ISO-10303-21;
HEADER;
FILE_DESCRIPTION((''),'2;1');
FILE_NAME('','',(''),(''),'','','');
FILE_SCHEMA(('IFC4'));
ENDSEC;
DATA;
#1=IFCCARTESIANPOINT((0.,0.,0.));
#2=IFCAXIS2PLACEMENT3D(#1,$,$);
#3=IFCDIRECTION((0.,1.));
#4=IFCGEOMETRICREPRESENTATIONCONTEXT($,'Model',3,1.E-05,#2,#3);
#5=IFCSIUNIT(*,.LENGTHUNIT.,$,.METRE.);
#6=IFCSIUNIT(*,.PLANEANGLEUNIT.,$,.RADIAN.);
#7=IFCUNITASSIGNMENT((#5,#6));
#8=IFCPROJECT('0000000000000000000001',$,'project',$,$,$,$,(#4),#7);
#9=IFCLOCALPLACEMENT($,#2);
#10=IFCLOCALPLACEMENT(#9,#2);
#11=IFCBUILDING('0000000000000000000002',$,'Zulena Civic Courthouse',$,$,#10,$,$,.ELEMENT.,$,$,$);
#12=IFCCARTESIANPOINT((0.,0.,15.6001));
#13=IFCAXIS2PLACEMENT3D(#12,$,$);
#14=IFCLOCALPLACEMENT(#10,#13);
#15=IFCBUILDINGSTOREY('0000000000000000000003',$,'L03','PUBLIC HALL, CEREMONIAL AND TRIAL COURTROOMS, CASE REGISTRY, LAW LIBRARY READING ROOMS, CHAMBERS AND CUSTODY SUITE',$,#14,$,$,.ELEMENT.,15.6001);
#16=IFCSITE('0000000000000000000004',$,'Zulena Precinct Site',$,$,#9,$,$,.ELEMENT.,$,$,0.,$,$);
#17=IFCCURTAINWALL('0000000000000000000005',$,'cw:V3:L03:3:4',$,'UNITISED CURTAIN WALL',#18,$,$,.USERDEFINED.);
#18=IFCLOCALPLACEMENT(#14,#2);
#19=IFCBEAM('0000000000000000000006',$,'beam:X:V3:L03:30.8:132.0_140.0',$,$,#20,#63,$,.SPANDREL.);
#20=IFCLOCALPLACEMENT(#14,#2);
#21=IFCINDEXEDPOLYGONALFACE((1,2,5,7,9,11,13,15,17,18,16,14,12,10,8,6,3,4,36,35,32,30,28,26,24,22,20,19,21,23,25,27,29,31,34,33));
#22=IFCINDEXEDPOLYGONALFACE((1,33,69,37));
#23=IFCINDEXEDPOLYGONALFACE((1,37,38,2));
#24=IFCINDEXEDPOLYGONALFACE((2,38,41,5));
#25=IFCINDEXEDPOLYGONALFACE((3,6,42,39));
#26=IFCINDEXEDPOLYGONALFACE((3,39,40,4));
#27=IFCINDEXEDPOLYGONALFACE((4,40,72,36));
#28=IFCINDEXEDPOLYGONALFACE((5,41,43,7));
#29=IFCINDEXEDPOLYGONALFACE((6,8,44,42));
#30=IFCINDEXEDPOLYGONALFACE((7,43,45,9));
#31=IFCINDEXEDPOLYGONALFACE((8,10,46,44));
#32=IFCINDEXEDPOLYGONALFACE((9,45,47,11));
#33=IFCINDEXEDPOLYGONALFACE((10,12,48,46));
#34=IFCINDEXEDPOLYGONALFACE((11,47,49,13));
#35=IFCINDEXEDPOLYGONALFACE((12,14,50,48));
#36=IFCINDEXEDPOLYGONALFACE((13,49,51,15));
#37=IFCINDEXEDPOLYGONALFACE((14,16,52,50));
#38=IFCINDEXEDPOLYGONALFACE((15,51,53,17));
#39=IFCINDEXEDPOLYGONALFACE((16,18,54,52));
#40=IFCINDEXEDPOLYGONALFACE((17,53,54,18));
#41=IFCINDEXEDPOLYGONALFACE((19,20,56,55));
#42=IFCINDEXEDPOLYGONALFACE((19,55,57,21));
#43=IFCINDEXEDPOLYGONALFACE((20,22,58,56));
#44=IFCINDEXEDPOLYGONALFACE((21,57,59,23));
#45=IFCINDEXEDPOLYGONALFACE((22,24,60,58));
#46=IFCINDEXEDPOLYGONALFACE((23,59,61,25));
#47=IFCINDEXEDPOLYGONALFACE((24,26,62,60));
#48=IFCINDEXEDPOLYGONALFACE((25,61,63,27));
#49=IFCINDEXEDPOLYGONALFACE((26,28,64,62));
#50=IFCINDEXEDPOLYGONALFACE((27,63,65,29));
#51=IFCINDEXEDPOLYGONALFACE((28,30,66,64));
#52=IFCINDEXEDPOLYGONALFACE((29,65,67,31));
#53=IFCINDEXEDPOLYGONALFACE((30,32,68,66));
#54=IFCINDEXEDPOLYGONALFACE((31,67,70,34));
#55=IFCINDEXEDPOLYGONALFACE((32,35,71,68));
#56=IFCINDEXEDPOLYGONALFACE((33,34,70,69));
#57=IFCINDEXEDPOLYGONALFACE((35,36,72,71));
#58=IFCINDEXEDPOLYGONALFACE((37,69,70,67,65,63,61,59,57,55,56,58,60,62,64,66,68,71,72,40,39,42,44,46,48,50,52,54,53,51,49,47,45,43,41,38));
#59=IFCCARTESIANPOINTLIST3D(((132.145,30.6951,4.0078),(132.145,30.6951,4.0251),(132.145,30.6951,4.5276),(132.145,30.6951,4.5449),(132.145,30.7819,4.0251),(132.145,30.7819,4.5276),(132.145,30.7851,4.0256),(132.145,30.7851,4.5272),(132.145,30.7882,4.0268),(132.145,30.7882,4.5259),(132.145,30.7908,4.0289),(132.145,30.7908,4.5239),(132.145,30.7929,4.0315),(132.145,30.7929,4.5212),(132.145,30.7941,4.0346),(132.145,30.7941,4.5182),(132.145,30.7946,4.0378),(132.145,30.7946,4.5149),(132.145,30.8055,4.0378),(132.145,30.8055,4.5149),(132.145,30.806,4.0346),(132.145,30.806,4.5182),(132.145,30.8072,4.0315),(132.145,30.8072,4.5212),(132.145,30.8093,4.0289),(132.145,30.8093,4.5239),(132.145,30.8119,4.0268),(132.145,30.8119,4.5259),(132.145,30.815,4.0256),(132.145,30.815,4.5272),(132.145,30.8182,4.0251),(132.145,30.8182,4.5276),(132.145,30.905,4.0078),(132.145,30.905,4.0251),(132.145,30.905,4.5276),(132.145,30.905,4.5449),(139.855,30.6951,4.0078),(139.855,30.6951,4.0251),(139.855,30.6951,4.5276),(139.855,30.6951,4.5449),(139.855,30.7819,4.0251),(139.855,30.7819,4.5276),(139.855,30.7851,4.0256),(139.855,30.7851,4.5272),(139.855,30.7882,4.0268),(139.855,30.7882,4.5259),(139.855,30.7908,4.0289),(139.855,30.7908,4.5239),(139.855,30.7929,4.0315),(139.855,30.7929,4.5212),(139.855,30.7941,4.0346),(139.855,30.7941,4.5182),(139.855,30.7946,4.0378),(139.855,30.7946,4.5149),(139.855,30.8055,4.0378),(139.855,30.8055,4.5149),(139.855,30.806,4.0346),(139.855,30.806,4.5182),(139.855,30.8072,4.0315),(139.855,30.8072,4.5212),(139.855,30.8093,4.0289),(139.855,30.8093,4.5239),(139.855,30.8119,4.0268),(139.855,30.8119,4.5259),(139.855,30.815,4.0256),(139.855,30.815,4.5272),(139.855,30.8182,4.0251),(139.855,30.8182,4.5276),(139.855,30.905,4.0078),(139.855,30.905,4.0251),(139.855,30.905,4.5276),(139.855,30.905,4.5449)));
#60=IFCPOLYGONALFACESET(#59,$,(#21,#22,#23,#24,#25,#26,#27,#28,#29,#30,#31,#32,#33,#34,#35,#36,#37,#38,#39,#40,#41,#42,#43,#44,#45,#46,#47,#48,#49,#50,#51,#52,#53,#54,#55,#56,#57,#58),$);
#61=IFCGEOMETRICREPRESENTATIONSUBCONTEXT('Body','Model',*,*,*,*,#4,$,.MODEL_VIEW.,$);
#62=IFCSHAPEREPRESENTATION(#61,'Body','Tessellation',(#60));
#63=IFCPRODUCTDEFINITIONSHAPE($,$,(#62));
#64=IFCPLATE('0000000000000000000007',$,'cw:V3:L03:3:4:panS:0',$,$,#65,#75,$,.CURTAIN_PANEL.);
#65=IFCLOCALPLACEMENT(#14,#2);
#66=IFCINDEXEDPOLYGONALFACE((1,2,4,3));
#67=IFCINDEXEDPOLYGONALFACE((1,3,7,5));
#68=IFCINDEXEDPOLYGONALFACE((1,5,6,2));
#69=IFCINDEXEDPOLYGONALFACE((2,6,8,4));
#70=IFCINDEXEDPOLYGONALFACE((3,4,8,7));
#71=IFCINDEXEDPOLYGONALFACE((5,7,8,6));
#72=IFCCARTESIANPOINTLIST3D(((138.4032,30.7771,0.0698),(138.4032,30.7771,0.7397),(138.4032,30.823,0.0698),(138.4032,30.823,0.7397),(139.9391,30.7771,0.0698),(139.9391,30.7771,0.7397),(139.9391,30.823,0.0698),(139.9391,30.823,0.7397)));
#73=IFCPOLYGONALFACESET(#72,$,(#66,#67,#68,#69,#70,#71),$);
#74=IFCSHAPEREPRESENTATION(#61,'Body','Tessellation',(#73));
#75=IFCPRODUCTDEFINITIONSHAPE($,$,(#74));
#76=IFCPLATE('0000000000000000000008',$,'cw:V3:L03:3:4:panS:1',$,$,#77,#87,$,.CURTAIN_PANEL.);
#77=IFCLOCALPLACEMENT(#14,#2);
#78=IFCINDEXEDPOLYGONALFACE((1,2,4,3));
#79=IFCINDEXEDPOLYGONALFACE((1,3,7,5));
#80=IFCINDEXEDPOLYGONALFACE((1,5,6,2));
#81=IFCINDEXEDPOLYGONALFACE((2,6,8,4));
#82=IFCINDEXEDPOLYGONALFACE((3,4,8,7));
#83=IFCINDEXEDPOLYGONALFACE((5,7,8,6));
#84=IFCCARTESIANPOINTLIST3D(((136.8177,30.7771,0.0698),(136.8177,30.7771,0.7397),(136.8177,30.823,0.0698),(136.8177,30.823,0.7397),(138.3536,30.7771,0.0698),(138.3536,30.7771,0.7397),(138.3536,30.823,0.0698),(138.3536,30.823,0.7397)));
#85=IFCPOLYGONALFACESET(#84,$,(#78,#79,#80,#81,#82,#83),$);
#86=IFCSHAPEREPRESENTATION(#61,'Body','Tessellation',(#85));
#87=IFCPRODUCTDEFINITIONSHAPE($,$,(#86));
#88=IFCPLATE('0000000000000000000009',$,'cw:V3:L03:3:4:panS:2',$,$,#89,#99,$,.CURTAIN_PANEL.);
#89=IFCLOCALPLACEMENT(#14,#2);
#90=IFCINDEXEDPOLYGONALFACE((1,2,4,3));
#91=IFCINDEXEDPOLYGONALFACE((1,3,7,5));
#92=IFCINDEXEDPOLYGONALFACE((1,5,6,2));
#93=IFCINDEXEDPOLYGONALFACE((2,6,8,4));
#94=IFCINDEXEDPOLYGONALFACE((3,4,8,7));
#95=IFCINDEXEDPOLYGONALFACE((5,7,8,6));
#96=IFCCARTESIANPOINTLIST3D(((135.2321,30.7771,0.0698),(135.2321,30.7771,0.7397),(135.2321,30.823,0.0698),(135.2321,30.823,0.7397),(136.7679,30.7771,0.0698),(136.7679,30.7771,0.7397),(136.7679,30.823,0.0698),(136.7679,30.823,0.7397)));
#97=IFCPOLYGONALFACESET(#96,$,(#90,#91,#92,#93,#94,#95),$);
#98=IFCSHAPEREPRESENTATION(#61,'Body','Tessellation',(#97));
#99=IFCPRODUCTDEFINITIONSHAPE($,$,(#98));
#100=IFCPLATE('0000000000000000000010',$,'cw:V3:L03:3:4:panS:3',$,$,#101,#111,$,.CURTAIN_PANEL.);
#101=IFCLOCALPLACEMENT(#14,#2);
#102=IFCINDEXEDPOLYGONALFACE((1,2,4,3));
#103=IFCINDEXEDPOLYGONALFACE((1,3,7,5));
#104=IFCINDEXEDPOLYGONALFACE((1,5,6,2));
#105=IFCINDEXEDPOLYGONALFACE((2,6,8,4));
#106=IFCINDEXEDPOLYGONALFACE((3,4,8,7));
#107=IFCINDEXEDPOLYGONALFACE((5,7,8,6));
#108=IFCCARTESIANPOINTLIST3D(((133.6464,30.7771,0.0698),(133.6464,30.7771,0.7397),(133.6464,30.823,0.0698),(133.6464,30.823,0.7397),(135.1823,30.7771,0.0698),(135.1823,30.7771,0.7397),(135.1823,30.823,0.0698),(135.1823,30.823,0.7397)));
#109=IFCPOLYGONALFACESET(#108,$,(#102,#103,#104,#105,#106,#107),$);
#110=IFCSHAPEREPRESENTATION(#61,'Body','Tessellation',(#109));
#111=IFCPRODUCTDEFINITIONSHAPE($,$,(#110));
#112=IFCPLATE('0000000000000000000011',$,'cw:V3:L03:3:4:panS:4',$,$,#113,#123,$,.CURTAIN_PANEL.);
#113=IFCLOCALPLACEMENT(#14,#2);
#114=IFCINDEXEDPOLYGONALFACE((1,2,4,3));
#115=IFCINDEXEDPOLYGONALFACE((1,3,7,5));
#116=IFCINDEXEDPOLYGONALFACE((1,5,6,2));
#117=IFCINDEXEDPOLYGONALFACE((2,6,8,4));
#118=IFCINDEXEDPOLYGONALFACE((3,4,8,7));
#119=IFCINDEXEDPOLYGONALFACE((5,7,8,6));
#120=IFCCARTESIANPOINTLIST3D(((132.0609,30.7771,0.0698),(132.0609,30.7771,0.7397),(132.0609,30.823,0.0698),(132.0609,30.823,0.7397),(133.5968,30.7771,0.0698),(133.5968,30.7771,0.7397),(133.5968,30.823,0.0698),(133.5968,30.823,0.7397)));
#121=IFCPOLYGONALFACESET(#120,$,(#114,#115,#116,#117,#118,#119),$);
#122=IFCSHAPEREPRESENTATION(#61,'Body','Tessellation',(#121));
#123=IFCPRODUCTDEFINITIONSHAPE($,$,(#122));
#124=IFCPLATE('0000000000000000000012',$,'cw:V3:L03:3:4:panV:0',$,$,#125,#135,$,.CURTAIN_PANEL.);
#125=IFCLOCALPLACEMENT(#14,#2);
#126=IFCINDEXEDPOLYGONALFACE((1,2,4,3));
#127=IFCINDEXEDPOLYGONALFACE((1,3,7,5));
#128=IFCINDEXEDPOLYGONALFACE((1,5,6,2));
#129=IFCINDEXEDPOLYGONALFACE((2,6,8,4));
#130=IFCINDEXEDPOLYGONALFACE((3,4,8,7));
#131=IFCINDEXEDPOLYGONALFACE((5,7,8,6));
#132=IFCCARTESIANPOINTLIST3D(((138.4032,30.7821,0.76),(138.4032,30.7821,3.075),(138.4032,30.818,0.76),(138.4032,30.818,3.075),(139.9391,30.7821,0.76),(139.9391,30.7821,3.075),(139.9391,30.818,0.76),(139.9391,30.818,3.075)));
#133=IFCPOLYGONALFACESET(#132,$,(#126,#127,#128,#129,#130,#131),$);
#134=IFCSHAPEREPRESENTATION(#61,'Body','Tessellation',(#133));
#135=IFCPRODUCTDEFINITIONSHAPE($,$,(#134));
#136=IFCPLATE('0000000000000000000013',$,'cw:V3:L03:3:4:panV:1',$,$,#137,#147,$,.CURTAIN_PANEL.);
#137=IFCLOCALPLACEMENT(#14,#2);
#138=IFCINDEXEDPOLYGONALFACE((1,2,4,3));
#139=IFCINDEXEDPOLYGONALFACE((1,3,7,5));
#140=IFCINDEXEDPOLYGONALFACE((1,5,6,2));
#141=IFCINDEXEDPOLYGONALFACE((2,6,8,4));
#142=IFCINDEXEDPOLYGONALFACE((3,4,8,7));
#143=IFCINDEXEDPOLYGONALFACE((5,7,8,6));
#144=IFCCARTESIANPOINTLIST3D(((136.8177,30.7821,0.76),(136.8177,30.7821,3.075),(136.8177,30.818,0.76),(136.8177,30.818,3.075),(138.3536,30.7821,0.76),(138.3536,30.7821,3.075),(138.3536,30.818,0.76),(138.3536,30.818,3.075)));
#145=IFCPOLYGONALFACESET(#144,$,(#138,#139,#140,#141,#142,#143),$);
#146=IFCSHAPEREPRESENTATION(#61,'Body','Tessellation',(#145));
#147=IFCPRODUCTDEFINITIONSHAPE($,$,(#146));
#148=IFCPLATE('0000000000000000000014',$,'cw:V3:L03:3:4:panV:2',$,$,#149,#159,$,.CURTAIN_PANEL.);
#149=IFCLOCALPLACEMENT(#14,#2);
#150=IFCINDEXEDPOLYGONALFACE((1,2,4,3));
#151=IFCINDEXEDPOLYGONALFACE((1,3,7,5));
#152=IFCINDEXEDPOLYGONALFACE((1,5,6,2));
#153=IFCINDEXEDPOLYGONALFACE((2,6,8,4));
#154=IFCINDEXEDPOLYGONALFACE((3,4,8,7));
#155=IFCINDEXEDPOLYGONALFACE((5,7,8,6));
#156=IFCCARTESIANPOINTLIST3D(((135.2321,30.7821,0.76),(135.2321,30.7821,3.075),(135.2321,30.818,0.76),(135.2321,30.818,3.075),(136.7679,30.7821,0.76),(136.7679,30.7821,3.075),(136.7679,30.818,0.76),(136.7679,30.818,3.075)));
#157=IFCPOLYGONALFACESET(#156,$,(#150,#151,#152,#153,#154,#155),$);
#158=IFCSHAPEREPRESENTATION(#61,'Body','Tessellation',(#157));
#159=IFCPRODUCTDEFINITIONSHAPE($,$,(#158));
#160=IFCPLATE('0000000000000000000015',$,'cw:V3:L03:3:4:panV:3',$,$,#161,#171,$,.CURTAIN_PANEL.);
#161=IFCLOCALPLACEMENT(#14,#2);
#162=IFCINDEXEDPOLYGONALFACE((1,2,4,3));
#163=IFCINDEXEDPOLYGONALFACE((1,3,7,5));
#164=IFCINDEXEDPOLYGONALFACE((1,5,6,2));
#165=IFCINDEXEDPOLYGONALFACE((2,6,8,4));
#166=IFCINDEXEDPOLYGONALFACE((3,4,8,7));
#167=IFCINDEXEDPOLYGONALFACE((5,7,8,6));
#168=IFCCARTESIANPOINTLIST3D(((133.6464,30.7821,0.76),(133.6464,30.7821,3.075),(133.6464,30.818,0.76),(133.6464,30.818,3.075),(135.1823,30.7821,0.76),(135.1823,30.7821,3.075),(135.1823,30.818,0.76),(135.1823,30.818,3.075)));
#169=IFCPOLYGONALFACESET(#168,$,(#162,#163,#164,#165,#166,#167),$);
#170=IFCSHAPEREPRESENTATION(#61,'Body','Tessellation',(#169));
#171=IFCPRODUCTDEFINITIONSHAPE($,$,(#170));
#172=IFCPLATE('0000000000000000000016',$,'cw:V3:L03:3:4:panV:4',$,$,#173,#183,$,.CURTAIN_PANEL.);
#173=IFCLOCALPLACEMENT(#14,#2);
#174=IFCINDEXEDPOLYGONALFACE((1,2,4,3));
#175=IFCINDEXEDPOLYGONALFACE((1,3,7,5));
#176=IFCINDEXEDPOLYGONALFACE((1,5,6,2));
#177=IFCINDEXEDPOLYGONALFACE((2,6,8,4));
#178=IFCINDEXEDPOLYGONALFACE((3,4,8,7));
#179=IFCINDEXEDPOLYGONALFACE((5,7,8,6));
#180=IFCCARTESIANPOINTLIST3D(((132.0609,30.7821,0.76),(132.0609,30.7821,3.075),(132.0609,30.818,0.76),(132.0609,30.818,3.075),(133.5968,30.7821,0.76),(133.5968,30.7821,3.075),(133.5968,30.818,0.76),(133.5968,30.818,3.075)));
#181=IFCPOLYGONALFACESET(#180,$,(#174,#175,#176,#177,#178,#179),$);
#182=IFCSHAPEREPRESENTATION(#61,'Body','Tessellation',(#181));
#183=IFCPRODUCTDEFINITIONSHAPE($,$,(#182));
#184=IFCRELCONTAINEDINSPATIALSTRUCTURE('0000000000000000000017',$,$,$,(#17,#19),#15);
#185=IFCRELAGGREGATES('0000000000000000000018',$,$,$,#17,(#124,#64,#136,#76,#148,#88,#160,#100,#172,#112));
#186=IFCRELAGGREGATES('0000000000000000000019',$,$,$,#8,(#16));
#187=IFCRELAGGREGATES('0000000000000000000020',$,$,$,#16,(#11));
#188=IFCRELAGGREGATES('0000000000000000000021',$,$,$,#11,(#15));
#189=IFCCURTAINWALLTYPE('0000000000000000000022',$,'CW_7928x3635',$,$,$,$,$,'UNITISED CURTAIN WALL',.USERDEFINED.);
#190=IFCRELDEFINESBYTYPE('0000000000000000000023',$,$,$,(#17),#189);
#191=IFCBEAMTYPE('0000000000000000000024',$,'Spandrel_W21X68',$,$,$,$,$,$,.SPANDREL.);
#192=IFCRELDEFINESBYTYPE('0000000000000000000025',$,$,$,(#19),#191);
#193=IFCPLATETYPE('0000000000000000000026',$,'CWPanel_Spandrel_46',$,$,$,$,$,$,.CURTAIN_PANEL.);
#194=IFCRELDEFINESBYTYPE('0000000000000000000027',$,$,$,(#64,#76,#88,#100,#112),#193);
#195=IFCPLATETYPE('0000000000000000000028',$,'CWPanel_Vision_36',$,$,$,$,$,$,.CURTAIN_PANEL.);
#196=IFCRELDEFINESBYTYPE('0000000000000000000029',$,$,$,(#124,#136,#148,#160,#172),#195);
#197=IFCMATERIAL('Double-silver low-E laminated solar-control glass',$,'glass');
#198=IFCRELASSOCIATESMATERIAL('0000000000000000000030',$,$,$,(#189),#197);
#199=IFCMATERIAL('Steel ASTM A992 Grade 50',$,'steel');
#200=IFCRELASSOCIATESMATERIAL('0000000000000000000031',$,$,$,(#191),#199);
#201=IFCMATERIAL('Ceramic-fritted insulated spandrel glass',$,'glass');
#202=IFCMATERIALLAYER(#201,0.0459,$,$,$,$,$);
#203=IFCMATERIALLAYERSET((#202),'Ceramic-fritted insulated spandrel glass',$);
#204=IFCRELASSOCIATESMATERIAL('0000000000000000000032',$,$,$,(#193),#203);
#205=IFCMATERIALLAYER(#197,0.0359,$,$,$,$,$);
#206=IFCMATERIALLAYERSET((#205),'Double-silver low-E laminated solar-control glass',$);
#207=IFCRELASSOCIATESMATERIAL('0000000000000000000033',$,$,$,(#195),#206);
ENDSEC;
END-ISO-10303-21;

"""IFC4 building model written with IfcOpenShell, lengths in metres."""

from ifc_helpers import new_model, si_unit, direction, frame, origin, origin_2d, place, context, subcontext, project, spatial, rectangle, i_section, extrude, material, layer, layer_set, material_profile, profile_set, type_object, element, aggregate, save


model = new_model("IFC4")

# Units and contexts
model_context = context("Model", 3, precision=1e-05, world=origin(), true_north=direction((0.0, 1.0)))
body_context = subcontext(model_context, "Body", "Model", "MODEL_VIEW")
ifc_project = project(units=[si_unit("LENGTHUNIT", "METRE"), si_unit("PLANEANGLEUNIT", "RADIAN")], contexts=[model_context])

# Site, building, storey
site_placement = place(None, origin())
site = spatial("IfcSite", under=ifc_project, at=site_placement, Name="Zulena Precinct Site", CompositionType="ELEMENT", RefElevation=0.0)
building_placement = place(site_placement, origin())
building = spatial("IfcBuilding", under=site, at=building_placement, Name="Zulena Civic Courthouse", CompositionType="ELEMENT")
storey_placement = place(building_placement, frame((0.0, 0.0, 15.6001)))
storey = spatial("IfcBuildingStorey", under=building, at=storey_placement, Name="L03", Description="PUBLIC HALL, CEREMONIAL AND TRIAL COURTROOMS, CASE REGISTRY, LAW LIBRARY READING ROOMS, CHAMBERS AND CUSTODY SUITE", CompositionType="ELEMENT", Elevation=15.6001)

# Shared definitions
ifc_material_1 = material(Name="Steel ASTM A992 Grade 50", Category="steel")

# Curtain wall
ifc_material_2 = material(Name="Double-silver low-E laminated solar-control glass", Category="glass")
curtain_wall_type = type_object("IfcCurtainWallType", Name="CW_7928x3635", ElementType="UNITISED CURTAIN WALL", PredefinedType="USERDEFINED", material=ifc_material_2)
curtain_wall_placement = place(storey_placement, origin())
curtain_wall = element("IfcCurtainWall", 1, at=curtain_wall_placement, inside=storey, type_object=curtain_wall_type, Name="cw:V3:L03:3:4", ObjectType="UNITISED CURTAIN WALL", PredefinedType="USERDEFINED")

# Beam
ifc_material_profile_1 = material_profile(ifc_material_1, i_section(OverallWidth=0.21, OverallDepth=0.5371, WebThickness=0.011, FlangeThickness=0.0173, FilletRadius=0.0127, at=origin_2d()), Name="W21X68")
ifc_profile_set_1 = profile_set([ifc_material_profile_1], Name="Steel ASTM A992 Grade 50")
beam_type = type_object("IfcBeamType", Name="Spandrel_W21X68", PredefinedType="SPANDREL", material=ifc_profile_set_1)
beam_1_placement = place(storey_placement, frame((132.145, 30.8, 4.2764), z_axis=(1.0, 0.0, 0.0), x_axis=(0.0, 1.0, 0.0)))
element("IfcBeam", 2, at=beam_1_placement, inside=storey, type_object=beam_type, Name="beam:X:V3:L03:30.8:132.0_140.0", PredefinedType="SPANDREL", context=body_context, shape_type="SweptSolid", body=[
    extrude(i_section(OverallWidth=0.21, OverallDepth=0.5371, WebThickness=0.011, FlangeThickness=0.0173, FilletRadius=0.0127, at=origin_2d()), origin(), (0.0, 0.0, 1.0), 7.71),
])

# Plates
ifc_material_3 = material(Name="Ceramic-fritted insulated spandrel glass", Category="glass")
ifc_layer_1 = layer(ifc_material_3, 0.0459)
ifc_layer_set_1 = layer_set([ifc_layer_1], Name="Ceramic-fritted insulated spandrel glass")
plate_type_1 = type_object("IfcPlateType", Name="CWPanel_Spandrel_46", PredefinedType="CURTAIN_PANEL", material=ifc_layer_set_1)
plate_1_placement = place(storey_placement, frame((139.1711, 30.8, 0.0698), z_axis=(0.0, 0.0, 1.0), x_axis=(-1.0, 0.0, 0.0)))
plate_1 = element("IfcPlate", 3, at=plate_1_placement, type_object=plate_type_1, Name="cw:V3:L03:3:4:panS:0", PredefinedType="CURTAIN_PANEL", context=body_context, shape_type="SweptSolid", body=[
    extrude(rectangle(XDim=1.5359, YDim=0.0459, at=origin_2d()), origin(), (0.0, 0.0, 1.0), 0.6699),
])
plate_2_placement = place(storey_placement, frame((137.5857, 30.8, 0.0698), z_axis=(0.0, 0.0, 1.0), x_axis=(-1.0, 0.0, 0.0)))
plate_2 = element("IfcPlate", 4, at=plate_2_placement, type_object=plate_type_1, Name="cw:V3:L03:3:4:panS:1", PredefinedType="CURTAIN_PANEL", context=body_context, shape_type="SweptSolid", body=[
    extrude(rectangle(XDim=1.5359, YDim=0.0459, at=origin_2d()), origin(), (0.0, 0.0, 1.0), 0.6699),
])
plate_3_placement = place(storey_placement, frame((136.0, 30.8, 0.0698), z_axis=(0.0, 0.0, 1.0), x_axis=(-1.0, 0.0, 0.0)))
plate_3 = element("IfcPlate", 5, at=plate_3_placement, type_object=plate_type_1, Name="cw:V3:L03:3:4:panS:2", PredefinedType="CURTAIN_PANEL", context=body_context, shape_type="SweptSolid", body=[
    extrude(rectangle(XDim=1.5359, YDim=0.0459, at=origin_2d()), origin(), (0.0, 0.0, 1.0), 0.6699),
])
plate_4_placement = place(storey_placement, frame((134.4143, 30.8, 0.0698), z_axis=(0.0, 0.0, 1.0), x_axis=(-1.0, 0.0, 0.0)))
plate_4 = element("IfcPlate", 6, at=plate_4_placement, type_object=plate_type_1, Name="cw:V3:L03:3:4:panS:3", PredefinedType="CURTAIN_PANEL", context=body_context, shape_type="SweptSolid", body=[
    extrude(rectangle(XDim=1.5359, YDim=0.0459, at=origin_2d()), origin(), (0.0, 0.0, 1.0), 0.6699),
])
plate_5_placement = place(storey_placement, frame((132.8289, 30.8, 0.0698), z_axis=(0.0, 0.0, 1.0), x_axis=(-1.0, 0.0, 0.0)))
plate_5 = element("IfcPlate", 7, at=plate_5_placement, type_object=plate_type_1, Name="cw:V3:L03:3:4:panS:4", PredefinedType="CURTAIN_PANEL", context=body_context, shape_type="SweptSolid", body=[
    extrude(rectangle(XDim=1.5359, YDim=0.0459, at=origin_2d()), origin(), (0.0, 0.0, 1.0), 0.6699),
])
ifc_layer_2 = layer(ifc_material_2, 0.0359)
ifc_layer_set_2 = layer_set([ifc_layer_2], Name="Double-silver low-E laminated solar-control glass")
plate_type_2 = type_object("IfcPlateType", Name="CWPanel_Vision_36", PredefinedType="CURTAIN_PANEL", material=ifc_layer_set_2)
plate_6_placement = place(storey_placement, frame((139.1711, 30.8, 0.76), z_axis=(0.0, 0.0, 1.0), x_axis=(-1.0, 0.0, 0.0)))
plate_6 = element("IfcPlate", 8, at=plate_6_placement, type_object=plate_type_2, Name="cw:V3:L03:3:4:panV:0", PredefinedType="CURTAIN_PANEL", context=body_context, shape_type="SweptSolid", body=[
    extrude(rectangle(XDim=1.5359, YDim=0.0359, at=origin_2d()), origin(), (0.0, 0.0, 1.0), 2.3149),
])
plate_7_placement = place(storey_placement, frame((137.5857, 30.8, 0.76), z_axis=(0.0, 0.0, 1.0), x_axis=(-1.0, 0.0, 0.0)))
plate_7 = element("IfcPlate", 9, at=plate_7_placement, type_object=plate_type_2, Name="cw:V3:L03:3:4:panV:1", PredefinedType="CURTAIN_PANEL", context=body_context, shape_type="SweptSolid", body=[
    extrude(rectangle(XDim=1.5359, YDim=0.0359, at=origin_2d()), origin(), (0.0, 0.0, 1.0), 2.3149),
])
plate_8_placement = place(storey_placement, frame((136.0, 30.8, 0.76), z_axis=(0.0, 0.0, 1.0), x_axis=(-1.0, 0.0, 0.0)))
plate_8 = element("IfcPlate", 10, at=plate_8_placement, type_object=plate_type_2, Name="cw:V3:L03:3:4:panV:2", PredefinedType="CURTAIN_PANEL", context=body_context, shape_type="SweptSolid", body=[
    extrude(rectangle(XDim=1.5359, YDim=0.0359, at=origin_2d()), origin(), (0.0, 0.0, 1.0), 2.3149),
])
plate_9_placement = place(storey_placement, frame((134.4143, 30.8, 0.76), z_axis=(0.0, 0.0, 1.0), x_axis=(-1.0, 0.0, 0.0)))
plate_9 = element("IfcPlate", 11, at=plate_9_placement, type_object=plate_type_2, Name="cw:V3:L03:3:4:panV:3", PredefinedType="CURTAIN_PANEL", context=body_context, shape_type="SweptSolid", body=[
    extrude(rectangle(XDim=1.5359, YDim=0.0359, at=origin_2d()), origin(), (0.0, 0.0, 1.0), 2.3149),
])
plate_10_placement = place(storey_placement, frame((132.8289, 30.8, 0.76), z_axis=(0.0, 0.0, 1.0), x_axis=(-1.0, 0.0, 0.0)))
plate_10 = element("IfcPlate", 12, at=plate_10_placement, type_object=plate_type_2, Name="cw:V3:L03:3:4:panV:4", PredefinedType="CURTAIN_PANEL", context=body_context, shape_type="SweptSolid", body=[
    extrude(rectangle(XDim=1.5359, YDim=0.0359, at=origin_2d()), origin(), (0.0, 0.0, 1.0), 2.3149),
])
aggregate(curtain_wall, [plate_6, plate_1, plate_7, plate_2, plate_8, plate_3, plate_9, plate_4, plate_10, plate_5])

save(model, "model.ifc")
